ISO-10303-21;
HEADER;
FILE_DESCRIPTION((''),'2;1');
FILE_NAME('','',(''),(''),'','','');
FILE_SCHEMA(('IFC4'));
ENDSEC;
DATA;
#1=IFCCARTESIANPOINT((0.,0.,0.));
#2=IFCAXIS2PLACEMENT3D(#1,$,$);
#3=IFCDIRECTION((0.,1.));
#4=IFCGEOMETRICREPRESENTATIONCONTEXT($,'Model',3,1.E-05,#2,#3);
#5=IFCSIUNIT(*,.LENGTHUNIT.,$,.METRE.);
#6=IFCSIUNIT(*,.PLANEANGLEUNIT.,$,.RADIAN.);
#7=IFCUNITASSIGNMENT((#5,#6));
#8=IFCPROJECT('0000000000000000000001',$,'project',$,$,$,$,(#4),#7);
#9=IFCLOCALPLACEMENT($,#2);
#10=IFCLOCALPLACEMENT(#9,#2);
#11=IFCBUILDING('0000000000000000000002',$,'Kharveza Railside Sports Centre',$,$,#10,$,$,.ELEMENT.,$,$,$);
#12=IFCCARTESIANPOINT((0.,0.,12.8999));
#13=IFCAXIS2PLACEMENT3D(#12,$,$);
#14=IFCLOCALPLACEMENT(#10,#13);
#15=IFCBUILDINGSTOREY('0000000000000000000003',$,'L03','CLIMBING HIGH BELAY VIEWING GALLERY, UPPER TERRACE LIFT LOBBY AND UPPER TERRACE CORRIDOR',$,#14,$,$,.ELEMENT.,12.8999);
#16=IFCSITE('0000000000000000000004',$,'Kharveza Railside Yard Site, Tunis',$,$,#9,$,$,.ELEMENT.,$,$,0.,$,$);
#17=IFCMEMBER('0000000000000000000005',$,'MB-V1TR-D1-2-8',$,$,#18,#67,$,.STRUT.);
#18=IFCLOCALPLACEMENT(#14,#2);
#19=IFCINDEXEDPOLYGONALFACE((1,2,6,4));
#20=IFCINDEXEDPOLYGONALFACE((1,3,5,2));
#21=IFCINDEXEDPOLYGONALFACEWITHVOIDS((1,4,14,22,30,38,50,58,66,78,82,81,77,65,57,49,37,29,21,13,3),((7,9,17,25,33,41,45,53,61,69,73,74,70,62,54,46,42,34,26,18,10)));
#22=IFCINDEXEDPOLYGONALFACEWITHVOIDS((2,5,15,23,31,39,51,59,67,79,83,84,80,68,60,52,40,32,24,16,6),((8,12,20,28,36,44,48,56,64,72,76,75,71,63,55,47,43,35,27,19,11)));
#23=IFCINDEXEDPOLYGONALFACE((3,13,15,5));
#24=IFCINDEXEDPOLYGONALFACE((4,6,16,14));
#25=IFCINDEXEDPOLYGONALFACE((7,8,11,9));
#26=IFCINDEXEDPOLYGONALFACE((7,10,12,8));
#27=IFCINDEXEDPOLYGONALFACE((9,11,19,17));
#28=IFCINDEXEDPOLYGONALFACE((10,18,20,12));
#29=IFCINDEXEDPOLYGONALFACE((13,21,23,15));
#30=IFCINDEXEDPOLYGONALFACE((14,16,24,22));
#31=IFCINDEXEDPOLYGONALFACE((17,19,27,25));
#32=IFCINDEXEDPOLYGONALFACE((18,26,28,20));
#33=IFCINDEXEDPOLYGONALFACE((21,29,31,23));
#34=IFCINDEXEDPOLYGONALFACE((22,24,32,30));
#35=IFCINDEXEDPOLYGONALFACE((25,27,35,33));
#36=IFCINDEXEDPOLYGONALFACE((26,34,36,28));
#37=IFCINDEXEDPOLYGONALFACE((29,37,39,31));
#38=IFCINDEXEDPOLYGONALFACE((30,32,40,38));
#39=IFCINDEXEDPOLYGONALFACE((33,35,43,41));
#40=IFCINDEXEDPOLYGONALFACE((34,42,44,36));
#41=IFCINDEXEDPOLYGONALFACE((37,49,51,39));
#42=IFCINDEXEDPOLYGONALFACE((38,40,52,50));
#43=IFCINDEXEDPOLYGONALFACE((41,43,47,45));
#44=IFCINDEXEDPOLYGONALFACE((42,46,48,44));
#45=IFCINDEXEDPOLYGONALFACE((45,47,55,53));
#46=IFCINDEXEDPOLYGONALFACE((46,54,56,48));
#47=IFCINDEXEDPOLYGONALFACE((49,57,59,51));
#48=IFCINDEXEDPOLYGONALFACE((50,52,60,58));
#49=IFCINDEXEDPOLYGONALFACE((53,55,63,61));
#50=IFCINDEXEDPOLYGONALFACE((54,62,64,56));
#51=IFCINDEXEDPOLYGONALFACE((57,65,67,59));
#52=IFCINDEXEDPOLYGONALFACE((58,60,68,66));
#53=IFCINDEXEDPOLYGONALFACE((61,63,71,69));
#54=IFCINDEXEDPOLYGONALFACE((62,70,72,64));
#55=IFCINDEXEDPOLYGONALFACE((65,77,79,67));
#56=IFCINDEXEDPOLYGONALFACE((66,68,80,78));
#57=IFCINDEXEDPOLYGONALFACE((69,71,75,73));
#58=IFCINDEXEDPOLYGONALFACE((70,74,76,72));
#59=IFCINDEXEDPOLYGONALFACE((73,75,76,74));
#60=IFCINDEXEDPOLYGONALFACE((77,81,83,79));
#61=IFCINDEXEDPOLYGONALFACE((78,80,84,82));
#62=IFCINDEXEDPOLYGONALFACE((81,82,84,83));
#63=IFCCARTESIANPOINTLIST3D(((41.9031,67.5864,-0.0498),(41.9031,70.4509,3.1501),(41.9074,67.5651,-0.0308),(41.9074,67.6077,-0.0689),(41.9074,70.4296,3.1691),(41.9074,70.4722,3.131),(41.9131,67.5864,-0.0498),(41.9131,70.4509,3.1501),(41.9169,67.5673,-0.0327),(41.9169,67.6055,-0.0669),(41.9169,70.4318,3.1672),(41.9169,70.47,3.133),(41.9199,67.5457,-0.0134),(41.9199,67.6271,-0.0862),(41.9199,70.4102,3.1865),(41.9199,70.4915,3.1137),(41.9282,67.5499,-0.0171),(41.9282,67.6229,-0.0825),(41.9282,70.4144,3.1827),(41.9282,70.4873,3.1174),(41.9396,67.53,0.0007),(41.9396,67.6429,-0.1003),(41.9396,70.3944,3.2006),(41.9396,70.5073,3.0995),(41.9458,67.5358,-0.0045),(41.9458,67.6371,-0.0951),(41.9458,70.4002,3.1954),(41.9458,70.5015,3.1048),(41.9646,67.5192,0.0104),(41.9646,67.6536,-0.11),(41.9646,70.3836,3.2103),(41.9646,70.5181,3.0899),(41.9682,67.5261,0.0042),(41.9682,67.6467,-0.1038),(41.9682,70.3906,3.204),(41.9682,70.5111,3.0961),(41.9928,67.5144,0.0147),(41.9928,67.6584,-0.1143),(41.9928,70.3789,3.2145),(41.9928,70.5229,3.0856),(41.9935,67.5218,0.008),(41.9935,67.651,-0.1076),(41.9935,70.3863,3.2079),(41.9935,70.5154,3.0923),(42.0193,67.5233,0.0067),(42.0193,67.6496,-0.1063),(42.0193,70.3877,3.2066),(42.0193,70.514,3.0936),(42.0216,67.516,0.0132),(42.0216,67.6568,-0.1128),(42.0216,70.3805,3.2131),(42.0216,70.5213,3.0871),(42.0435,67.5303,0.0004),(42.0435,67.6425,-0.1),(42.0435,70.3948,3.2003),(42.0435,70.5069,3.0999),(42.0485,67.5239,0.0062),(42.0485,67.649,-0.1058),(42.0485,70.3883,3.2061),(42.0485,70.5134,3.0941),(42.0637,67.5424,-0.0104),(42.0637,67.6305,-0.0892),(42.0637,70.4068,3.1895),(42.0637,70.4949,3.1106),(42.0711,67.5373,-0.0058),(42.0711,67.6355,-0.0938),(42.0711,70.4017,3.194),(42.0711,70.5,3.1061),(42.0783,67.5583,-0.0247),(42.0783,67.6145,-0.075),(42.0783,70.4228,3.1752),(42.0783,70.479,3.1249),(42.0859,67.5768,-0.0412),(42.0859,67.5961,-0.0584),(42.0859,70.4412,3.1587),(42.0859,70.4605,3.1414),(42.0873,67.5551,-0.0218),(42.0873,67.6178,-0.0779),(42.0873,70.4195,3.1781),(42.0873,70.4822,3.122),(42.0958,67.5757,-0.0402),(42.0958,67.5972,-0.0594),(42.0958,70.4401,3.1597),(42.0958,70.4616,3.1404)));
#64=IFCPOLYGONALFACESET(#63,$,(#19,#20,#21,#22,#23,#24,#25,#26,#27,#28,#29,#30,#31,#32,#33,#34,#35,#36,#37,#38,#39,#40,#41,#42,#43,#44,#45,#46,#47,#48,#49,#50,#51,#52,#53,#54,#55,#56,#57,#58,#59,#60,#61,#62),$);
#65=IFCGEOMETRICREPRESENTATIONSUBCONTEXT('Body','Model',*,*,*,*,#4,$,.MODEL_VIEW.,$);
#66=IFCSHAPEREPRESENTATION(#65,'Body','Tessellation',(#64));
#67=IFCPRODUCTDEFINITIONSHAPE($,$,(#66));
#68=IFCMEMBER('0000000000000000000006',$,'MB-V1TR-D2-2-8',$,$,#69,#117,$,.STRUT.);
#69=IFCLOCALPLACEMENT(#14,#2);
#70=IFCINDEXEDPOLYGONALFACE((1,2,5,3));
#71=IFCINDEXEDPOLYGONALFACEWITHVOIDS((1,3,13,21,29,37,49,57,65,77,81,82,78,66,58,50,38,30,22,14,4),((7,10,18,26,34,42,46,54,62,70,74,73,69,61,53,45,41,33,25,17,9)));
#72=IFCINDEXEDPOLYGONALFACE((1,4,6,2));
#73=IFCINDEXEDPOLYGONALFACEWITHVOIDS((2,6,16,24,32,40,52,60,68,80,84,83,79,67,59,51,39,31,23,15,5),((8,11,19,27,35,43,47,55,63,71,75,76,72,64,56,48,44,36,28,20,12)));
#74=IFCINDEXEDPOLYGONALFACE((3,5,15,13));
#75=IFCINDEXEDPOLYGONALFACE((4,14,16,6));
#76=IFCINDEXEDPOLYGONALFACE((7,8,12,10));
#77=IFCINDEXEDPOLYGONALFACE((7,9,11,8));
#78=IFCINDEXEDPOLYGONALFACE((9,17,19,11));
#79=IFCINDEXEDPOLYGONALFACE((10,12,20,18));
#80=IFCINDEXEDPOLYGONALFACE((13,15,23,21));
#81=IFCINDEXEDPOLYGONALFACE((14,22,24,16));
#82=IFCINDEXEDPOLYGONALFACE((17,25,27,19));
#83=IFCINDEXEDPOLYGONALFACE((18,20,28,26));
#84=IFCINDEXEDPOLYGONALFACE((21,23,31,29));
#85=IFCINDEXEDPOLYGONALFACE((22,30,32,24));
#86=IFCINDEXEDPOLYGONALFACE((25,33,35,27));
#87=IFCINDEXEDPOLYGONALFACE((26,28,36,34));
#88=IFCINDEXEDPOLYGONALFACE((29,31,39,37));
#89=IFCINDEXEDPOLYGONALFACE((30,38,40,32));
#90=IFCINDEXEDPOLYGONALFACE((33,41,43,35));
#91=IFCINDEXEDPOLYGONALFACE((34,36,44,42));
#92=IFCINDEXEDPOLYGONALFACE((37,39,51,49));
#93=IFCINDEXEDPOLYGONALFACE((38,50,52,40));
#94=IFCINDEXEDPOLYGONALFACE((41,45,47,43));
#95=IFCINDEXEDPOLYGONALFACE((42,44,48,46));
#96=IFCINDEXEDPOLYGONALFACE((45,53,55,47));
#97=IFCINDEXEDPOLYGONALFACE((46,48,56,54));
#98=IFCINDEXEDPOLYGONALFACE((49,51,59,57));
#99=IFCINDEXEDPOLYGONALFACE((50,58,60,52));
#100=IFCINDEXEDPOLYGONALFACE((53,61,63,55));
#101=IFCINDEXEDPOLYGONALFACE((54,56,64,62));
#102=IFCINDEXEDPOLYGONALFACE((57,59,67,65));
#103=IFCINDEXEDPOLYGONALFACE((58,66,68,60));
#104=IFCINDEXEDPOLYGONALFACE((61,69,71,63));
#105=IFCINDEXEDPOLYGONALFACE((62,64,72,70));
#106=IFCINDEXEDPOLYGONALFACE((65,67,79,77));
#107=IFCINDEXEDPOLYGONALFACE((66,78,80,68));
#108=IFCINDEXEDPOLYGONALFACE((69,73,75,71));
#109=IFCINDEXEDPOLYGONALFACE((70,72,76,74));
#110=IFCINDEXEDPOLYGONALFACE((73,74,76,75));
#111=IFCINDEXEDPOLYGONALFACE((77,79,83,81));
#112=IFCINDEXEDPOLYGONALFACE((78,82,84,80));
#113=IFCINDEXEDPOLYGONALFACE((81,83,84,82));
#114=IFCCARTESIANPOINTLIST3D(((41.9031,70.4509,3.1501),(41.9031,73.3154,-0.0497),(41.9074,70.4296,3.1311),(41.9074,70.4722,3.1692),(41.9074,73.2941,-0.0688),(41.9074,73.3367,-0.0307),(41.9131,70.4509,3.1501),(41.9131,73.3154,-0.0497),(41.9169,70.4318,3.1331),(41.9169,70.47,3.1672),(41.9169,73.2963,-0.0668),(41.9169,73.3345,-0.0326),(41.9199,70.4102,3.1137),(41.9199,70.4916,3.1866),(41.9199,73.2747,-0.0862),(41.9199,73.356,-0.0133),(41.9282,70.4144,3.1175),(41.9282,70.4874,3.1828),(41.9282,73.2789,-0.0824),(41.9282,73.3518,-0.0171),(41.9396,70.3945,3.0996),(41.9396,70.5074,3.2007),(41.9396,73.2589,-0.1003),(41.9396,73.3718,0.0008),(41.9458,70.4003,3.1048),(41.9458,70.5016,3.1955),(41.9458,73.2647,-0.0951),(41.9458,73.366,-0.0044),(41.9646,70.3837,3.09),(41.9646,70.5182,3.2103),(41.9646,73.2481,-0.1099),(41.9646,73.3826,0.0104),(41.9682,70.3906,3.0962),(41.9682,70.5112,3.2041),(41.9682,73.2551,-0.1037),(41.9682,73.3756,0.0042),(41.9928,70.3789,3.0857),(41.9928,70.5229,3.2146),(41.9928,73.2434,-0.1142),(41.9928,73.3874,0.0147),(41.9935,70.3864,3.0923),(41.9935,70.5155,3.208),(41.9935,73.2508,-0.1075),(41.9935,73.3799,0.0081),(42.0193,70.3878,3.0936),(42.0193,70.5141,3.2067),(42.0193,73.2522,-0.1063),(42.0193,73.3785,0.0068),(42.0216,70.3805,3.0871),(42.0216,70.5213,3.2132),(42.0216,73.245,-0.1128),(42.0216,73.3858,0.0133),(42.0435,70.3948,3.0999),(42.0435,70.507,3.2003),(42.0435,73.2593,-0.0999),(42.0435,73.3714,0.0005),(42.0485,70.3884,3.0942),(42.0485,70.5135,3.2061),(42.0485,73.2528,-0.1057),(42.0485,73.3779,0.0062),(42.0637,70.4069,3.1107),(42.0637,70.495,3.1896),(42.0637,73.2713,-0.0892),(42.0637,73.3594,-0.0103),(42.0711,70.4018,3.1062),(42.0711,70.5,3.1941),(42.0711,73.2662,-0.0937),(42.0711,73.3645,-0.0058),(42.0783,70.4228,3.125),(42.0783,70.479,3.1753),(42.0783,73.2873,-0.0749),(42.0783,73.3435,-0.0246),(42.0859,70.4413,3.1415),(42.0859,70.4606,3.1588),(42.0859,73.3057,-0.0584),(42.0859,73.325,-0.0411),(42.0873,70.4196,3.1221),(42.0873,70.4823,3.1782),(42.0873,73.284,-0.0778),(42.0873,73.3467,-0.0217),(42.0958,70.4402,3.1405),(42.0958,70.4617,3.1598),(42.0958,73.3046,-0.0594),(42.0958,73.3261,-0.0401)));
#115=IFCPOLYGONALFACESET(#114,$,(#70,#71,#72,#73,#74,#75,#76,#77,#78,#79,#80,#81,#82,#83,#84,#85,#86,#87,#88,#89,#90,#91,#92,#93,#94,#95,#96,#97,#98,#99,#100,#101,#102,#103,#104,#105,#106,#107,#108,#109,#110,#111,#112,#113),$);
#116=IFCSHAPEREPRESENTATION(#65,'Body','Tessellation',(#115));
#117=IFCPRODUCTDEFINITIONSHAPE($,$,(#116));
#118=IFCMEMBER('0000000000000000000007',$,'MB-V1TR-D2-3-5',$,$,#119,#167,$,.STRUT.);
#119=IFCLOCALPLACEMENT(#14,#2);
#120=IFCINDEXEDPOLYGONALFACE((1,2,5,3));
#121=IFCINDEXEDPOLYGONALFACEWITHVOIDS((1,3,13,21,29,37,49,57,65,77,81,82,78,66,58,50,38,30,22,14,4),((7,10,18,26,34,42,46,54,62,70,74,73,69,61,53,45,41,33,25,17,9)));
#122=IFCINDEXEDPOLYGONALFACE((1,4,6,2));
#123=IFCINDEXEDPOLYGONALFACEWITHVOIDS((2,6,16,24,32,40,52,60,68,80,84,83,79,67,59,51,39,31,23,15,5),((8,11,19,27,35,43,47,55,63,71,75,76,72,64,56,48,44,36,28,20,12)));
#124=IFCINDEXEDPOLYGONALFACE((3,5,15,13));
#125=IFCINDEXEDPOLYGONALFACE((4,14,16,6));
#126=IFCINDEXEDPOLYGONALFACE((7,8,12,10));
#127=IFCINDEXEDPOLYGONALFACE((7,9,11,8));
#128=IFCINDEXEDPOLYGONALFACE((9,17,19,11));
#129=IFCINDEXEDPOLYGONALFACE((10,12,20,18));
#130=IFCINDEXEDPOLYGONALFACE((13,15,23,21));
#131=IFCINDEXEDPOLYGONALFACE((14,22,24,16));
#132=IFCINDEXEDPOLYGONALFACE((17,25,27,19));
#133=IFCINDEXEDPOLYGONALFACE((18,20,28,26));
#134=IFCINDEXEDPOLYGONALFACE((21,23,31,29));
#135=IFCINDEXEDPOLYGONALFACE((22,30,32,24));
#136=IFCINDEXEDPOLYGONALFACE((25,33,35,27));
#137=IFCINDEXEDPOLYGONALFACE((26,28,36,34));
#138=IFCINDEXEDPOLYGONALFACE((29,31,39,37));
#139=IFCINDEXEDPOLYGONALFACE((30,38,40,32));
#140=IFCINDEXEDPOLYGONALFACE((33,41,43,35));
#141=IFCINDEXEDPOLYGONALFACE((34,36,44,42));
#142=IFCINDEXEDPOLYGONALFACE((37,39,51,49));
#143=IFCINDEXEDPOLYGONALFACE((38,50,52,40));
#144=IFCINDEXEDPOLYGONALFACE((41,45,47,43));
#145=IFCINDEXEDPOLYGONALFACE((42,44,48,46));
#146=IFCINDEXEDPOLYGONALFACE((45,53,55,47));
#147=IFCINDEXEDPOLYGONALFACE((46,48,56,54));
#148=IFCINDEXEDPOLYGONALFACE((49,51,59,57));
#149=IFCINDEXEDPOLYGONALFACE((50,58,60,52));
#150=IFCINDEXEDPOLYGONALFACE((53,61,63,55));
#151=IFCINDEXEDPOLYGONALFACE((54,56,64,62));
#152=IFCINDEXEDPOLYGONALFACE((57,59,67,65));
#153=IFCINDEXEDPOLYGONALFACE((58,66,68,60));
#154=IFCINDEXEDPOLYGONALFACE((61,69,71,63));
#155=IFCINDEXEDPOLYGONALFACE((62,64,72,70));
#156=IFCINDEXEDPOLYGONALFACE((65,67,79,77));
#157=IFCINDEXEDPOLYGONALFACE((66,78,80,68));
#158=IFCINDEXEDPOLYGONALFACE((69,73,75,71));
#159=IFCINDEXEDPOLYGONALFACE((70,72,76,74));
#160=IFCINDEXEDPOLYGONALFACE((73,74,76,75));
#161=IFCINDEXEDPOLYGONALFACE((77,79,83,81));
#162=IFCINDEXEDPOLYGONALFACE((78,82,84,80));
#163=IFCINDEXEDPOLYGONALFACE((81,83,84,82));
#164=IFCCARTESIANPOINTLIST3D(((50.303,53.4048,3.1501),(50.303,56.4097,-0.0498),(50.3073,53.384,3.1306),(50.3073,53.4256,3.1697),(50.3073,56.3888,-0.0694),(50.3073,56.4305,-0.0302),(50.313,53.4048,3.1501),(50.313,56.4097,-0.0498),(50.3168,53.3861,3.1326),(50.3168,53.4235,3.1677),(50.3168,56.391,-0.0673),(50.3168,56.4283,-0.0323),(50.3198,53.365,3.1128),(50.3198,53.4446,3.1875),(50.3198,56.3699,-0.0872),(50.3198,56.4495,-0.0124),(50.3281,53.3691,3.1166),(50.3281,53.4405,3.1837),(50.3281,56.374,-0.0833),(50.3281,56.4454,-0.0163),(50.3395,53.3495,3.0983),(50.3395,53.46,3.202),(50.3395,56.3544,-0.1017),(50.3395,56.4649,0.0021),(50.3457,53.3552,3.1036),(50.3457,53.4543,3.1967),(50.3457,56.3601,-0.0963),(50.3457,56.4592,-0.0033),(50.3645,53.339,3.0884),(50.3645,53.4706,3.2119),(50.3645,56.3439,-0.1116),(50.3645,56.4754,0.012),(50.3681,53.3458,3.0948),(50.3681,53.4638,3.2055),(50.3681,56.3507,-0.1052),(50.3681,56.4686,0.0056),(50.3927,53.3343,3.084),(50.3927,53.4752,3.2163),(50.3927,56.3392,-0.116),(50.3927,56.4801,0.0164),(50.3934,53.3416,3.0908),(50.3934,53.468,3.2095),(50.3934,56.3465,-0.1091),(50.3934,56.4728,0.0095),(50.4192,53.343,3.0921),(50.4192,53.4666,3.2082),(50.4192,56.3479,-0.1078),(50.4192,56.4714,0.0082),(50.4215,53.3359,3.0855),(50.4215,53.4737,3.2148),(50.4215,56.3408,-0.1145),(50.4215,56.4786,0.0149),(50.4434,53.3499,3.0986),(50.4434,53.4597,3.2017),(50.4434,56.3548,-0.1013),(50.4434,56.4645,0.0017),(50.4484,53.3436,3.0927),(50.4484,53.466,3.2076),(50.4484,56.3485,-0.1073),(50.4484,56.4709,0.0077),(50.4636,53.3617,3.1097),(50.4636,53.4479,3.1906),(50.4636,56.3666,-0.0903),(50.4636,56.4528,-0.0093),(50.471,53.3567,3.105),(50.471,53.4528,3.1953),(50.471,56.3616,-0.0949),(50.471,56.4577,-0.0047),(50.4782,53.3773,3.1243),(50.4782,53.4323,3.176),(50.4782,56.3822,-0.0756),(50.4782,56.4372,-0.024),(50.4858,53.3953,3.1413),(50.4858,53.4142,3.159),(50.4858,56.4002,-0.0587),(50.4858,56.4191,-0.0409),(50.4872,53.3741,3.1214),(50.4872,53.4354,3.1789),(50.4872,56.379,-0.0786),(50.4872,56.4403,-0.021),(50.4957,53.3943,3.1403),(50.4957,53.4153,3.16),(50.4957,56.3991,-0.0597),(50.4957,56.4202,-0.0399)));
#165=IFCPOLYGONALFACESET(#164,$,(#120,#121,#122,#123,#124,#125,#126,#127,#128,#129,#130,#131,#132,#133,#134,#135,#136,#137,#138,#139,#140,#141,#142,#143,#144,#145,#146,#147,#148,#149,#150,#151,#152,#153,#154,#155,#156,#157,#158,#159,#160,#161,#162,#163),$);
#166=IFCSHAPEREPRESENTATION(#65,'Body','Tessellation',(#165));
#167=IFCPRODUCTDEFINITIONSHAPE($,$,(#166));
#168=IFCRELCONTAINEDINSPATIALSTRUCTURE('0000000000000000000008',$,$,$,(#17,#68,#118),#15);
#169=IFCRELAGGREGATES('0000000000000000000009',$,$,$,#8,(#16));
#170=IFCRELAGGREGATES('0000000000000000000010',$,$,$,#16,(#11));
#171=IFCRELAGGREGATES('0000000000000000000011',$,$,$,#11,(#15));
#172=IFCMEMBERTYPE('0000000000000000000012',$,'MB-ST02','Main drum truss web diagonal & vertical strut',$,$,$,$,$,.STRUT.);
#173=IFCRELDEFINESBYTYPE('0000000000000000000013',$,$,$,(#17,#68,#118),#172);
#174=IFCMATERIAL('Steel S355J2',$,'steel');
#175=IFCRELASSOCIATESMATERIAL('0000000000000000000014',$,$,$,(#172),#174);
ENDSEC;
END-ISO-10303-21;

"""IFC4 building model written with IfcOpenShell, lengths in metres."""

from ifc_helpers import new_model, si_unit, direction, frame, origin, origin_2d, place, context, subcontext, project, spatial, hollow_circle, extrude, material, material_profile, profile_set, type_object, element, save


model = new_model("IFC4")

# Units and contexts
model_context = context("Model", 3, precision=1e-05, world=origin(), true_north=direction((0.0, 1.0)))
body_context = subcontext(model_context, "Body", "Model", "MODEL_VIEW")
ifc_project = project(units=[si_unit("LENGTHUNIT", "METRE"), si_unit("PLANEANGLEUNIT", "RADIAN")], contexts=[model_context])

# Site, building, storey
site_placement = place(None, origin())
site = spatial("IfcSite", under=ifc_project, at=site_placement, Name="Kharveza Railside Yard Site, Tunis", CompositionType="ELEMENT", RefElevation=0.0)
building_placement = place(site_placement, origin())
building = spatial("IfcBuilding", under=site, at=building_placement, Name="Kharveza Railside Sports Centre", CompositionType="ELEMENT")
storey_placement = place(building_placement, frame((0.0, 0.0, 12.8999)))
storey = spatial("IfcBuildingStorey", under=building, at=storey_placement, Name="L03", Description="CLIMBING HIGH BELAY VIEWING GALLERY, UPPER TERRACE LIFT LOBBY AND UPPER TERRACE CORRIDOR", CompositionType="ELEMENT", Elevation=12.8999)

# Members
ifc_material_1 = material(Name="Steel S355J2", Category="steel")
ifc_material_profile_1 = material_profile(ifc_material_1, hollow_circle(Radius=0.0969, WallThickness=0.01, at=origin_2d()), Name="CHS 193.7x10.0")
ifc_profile_set_1 = profile_set([ifc_material_profile_1], Name="Steel S355J2")
member_type_1 = type_object("IfcMemberType", Name="MB-ST02", Description="Main drum truss web diagonal & vertical strut", PredefinedType="STRUT", material=ifc_profile_set_1)
for number, where, z_axis, x_axis, name in (
    (1, (42.0, 67.5864, -0.0498), (0.0, 0.666974, 0.745081), (-1.0, 0.0, 0.0), "MB-V1TR-D1-2-8"),
    (2, (42.0, 70.4509, 3.1501), (0.0, 0.666974, -0.745081), (-1.0, 0.0, 0.0), "MB-V1TR-D2-2-8"),
):
    element("IfcMember", number, at=place(storey_placement, frame(where, z_axis=z_axis, x_axis=x_axis)), inside=storey, type_object=member_type_1, Name=name, PredefinedType="STRUT", context=body_context, shape_type="SweptSolid", body=[
        extrude(hollow_circle(Radius=0.0969, WallThickness=0.01, at=origin_2d()), origin(), (0.0, 0.0, 1.0), 4.2947),
    ])
for number, where, z_axis, x_axis, name in (
    (3, (50.3999, 53.4048, 3.1501), (0.0, 0.684538, -0.728977), (-1.0, 0.0, 0.0), "MB-V1TR-D2-3-5"),
):
    element("IfcMember", number, at=place(storey_placement, frame(where, z_axis=z_axis, x_axis=x_axis)), inside=storey, type_object=member_type_1, Name=name, PredefinedType="STRUT", context=body_context, shape_type="SweptSolid", body=[
        extrude(hollow_circle(Radius=0.0969, WallThickness=0.01, at=origin_2d()), origin(), (0.0, 0.0, 1.0), 4.3896),
    ])

save(model, "model.ifc")
